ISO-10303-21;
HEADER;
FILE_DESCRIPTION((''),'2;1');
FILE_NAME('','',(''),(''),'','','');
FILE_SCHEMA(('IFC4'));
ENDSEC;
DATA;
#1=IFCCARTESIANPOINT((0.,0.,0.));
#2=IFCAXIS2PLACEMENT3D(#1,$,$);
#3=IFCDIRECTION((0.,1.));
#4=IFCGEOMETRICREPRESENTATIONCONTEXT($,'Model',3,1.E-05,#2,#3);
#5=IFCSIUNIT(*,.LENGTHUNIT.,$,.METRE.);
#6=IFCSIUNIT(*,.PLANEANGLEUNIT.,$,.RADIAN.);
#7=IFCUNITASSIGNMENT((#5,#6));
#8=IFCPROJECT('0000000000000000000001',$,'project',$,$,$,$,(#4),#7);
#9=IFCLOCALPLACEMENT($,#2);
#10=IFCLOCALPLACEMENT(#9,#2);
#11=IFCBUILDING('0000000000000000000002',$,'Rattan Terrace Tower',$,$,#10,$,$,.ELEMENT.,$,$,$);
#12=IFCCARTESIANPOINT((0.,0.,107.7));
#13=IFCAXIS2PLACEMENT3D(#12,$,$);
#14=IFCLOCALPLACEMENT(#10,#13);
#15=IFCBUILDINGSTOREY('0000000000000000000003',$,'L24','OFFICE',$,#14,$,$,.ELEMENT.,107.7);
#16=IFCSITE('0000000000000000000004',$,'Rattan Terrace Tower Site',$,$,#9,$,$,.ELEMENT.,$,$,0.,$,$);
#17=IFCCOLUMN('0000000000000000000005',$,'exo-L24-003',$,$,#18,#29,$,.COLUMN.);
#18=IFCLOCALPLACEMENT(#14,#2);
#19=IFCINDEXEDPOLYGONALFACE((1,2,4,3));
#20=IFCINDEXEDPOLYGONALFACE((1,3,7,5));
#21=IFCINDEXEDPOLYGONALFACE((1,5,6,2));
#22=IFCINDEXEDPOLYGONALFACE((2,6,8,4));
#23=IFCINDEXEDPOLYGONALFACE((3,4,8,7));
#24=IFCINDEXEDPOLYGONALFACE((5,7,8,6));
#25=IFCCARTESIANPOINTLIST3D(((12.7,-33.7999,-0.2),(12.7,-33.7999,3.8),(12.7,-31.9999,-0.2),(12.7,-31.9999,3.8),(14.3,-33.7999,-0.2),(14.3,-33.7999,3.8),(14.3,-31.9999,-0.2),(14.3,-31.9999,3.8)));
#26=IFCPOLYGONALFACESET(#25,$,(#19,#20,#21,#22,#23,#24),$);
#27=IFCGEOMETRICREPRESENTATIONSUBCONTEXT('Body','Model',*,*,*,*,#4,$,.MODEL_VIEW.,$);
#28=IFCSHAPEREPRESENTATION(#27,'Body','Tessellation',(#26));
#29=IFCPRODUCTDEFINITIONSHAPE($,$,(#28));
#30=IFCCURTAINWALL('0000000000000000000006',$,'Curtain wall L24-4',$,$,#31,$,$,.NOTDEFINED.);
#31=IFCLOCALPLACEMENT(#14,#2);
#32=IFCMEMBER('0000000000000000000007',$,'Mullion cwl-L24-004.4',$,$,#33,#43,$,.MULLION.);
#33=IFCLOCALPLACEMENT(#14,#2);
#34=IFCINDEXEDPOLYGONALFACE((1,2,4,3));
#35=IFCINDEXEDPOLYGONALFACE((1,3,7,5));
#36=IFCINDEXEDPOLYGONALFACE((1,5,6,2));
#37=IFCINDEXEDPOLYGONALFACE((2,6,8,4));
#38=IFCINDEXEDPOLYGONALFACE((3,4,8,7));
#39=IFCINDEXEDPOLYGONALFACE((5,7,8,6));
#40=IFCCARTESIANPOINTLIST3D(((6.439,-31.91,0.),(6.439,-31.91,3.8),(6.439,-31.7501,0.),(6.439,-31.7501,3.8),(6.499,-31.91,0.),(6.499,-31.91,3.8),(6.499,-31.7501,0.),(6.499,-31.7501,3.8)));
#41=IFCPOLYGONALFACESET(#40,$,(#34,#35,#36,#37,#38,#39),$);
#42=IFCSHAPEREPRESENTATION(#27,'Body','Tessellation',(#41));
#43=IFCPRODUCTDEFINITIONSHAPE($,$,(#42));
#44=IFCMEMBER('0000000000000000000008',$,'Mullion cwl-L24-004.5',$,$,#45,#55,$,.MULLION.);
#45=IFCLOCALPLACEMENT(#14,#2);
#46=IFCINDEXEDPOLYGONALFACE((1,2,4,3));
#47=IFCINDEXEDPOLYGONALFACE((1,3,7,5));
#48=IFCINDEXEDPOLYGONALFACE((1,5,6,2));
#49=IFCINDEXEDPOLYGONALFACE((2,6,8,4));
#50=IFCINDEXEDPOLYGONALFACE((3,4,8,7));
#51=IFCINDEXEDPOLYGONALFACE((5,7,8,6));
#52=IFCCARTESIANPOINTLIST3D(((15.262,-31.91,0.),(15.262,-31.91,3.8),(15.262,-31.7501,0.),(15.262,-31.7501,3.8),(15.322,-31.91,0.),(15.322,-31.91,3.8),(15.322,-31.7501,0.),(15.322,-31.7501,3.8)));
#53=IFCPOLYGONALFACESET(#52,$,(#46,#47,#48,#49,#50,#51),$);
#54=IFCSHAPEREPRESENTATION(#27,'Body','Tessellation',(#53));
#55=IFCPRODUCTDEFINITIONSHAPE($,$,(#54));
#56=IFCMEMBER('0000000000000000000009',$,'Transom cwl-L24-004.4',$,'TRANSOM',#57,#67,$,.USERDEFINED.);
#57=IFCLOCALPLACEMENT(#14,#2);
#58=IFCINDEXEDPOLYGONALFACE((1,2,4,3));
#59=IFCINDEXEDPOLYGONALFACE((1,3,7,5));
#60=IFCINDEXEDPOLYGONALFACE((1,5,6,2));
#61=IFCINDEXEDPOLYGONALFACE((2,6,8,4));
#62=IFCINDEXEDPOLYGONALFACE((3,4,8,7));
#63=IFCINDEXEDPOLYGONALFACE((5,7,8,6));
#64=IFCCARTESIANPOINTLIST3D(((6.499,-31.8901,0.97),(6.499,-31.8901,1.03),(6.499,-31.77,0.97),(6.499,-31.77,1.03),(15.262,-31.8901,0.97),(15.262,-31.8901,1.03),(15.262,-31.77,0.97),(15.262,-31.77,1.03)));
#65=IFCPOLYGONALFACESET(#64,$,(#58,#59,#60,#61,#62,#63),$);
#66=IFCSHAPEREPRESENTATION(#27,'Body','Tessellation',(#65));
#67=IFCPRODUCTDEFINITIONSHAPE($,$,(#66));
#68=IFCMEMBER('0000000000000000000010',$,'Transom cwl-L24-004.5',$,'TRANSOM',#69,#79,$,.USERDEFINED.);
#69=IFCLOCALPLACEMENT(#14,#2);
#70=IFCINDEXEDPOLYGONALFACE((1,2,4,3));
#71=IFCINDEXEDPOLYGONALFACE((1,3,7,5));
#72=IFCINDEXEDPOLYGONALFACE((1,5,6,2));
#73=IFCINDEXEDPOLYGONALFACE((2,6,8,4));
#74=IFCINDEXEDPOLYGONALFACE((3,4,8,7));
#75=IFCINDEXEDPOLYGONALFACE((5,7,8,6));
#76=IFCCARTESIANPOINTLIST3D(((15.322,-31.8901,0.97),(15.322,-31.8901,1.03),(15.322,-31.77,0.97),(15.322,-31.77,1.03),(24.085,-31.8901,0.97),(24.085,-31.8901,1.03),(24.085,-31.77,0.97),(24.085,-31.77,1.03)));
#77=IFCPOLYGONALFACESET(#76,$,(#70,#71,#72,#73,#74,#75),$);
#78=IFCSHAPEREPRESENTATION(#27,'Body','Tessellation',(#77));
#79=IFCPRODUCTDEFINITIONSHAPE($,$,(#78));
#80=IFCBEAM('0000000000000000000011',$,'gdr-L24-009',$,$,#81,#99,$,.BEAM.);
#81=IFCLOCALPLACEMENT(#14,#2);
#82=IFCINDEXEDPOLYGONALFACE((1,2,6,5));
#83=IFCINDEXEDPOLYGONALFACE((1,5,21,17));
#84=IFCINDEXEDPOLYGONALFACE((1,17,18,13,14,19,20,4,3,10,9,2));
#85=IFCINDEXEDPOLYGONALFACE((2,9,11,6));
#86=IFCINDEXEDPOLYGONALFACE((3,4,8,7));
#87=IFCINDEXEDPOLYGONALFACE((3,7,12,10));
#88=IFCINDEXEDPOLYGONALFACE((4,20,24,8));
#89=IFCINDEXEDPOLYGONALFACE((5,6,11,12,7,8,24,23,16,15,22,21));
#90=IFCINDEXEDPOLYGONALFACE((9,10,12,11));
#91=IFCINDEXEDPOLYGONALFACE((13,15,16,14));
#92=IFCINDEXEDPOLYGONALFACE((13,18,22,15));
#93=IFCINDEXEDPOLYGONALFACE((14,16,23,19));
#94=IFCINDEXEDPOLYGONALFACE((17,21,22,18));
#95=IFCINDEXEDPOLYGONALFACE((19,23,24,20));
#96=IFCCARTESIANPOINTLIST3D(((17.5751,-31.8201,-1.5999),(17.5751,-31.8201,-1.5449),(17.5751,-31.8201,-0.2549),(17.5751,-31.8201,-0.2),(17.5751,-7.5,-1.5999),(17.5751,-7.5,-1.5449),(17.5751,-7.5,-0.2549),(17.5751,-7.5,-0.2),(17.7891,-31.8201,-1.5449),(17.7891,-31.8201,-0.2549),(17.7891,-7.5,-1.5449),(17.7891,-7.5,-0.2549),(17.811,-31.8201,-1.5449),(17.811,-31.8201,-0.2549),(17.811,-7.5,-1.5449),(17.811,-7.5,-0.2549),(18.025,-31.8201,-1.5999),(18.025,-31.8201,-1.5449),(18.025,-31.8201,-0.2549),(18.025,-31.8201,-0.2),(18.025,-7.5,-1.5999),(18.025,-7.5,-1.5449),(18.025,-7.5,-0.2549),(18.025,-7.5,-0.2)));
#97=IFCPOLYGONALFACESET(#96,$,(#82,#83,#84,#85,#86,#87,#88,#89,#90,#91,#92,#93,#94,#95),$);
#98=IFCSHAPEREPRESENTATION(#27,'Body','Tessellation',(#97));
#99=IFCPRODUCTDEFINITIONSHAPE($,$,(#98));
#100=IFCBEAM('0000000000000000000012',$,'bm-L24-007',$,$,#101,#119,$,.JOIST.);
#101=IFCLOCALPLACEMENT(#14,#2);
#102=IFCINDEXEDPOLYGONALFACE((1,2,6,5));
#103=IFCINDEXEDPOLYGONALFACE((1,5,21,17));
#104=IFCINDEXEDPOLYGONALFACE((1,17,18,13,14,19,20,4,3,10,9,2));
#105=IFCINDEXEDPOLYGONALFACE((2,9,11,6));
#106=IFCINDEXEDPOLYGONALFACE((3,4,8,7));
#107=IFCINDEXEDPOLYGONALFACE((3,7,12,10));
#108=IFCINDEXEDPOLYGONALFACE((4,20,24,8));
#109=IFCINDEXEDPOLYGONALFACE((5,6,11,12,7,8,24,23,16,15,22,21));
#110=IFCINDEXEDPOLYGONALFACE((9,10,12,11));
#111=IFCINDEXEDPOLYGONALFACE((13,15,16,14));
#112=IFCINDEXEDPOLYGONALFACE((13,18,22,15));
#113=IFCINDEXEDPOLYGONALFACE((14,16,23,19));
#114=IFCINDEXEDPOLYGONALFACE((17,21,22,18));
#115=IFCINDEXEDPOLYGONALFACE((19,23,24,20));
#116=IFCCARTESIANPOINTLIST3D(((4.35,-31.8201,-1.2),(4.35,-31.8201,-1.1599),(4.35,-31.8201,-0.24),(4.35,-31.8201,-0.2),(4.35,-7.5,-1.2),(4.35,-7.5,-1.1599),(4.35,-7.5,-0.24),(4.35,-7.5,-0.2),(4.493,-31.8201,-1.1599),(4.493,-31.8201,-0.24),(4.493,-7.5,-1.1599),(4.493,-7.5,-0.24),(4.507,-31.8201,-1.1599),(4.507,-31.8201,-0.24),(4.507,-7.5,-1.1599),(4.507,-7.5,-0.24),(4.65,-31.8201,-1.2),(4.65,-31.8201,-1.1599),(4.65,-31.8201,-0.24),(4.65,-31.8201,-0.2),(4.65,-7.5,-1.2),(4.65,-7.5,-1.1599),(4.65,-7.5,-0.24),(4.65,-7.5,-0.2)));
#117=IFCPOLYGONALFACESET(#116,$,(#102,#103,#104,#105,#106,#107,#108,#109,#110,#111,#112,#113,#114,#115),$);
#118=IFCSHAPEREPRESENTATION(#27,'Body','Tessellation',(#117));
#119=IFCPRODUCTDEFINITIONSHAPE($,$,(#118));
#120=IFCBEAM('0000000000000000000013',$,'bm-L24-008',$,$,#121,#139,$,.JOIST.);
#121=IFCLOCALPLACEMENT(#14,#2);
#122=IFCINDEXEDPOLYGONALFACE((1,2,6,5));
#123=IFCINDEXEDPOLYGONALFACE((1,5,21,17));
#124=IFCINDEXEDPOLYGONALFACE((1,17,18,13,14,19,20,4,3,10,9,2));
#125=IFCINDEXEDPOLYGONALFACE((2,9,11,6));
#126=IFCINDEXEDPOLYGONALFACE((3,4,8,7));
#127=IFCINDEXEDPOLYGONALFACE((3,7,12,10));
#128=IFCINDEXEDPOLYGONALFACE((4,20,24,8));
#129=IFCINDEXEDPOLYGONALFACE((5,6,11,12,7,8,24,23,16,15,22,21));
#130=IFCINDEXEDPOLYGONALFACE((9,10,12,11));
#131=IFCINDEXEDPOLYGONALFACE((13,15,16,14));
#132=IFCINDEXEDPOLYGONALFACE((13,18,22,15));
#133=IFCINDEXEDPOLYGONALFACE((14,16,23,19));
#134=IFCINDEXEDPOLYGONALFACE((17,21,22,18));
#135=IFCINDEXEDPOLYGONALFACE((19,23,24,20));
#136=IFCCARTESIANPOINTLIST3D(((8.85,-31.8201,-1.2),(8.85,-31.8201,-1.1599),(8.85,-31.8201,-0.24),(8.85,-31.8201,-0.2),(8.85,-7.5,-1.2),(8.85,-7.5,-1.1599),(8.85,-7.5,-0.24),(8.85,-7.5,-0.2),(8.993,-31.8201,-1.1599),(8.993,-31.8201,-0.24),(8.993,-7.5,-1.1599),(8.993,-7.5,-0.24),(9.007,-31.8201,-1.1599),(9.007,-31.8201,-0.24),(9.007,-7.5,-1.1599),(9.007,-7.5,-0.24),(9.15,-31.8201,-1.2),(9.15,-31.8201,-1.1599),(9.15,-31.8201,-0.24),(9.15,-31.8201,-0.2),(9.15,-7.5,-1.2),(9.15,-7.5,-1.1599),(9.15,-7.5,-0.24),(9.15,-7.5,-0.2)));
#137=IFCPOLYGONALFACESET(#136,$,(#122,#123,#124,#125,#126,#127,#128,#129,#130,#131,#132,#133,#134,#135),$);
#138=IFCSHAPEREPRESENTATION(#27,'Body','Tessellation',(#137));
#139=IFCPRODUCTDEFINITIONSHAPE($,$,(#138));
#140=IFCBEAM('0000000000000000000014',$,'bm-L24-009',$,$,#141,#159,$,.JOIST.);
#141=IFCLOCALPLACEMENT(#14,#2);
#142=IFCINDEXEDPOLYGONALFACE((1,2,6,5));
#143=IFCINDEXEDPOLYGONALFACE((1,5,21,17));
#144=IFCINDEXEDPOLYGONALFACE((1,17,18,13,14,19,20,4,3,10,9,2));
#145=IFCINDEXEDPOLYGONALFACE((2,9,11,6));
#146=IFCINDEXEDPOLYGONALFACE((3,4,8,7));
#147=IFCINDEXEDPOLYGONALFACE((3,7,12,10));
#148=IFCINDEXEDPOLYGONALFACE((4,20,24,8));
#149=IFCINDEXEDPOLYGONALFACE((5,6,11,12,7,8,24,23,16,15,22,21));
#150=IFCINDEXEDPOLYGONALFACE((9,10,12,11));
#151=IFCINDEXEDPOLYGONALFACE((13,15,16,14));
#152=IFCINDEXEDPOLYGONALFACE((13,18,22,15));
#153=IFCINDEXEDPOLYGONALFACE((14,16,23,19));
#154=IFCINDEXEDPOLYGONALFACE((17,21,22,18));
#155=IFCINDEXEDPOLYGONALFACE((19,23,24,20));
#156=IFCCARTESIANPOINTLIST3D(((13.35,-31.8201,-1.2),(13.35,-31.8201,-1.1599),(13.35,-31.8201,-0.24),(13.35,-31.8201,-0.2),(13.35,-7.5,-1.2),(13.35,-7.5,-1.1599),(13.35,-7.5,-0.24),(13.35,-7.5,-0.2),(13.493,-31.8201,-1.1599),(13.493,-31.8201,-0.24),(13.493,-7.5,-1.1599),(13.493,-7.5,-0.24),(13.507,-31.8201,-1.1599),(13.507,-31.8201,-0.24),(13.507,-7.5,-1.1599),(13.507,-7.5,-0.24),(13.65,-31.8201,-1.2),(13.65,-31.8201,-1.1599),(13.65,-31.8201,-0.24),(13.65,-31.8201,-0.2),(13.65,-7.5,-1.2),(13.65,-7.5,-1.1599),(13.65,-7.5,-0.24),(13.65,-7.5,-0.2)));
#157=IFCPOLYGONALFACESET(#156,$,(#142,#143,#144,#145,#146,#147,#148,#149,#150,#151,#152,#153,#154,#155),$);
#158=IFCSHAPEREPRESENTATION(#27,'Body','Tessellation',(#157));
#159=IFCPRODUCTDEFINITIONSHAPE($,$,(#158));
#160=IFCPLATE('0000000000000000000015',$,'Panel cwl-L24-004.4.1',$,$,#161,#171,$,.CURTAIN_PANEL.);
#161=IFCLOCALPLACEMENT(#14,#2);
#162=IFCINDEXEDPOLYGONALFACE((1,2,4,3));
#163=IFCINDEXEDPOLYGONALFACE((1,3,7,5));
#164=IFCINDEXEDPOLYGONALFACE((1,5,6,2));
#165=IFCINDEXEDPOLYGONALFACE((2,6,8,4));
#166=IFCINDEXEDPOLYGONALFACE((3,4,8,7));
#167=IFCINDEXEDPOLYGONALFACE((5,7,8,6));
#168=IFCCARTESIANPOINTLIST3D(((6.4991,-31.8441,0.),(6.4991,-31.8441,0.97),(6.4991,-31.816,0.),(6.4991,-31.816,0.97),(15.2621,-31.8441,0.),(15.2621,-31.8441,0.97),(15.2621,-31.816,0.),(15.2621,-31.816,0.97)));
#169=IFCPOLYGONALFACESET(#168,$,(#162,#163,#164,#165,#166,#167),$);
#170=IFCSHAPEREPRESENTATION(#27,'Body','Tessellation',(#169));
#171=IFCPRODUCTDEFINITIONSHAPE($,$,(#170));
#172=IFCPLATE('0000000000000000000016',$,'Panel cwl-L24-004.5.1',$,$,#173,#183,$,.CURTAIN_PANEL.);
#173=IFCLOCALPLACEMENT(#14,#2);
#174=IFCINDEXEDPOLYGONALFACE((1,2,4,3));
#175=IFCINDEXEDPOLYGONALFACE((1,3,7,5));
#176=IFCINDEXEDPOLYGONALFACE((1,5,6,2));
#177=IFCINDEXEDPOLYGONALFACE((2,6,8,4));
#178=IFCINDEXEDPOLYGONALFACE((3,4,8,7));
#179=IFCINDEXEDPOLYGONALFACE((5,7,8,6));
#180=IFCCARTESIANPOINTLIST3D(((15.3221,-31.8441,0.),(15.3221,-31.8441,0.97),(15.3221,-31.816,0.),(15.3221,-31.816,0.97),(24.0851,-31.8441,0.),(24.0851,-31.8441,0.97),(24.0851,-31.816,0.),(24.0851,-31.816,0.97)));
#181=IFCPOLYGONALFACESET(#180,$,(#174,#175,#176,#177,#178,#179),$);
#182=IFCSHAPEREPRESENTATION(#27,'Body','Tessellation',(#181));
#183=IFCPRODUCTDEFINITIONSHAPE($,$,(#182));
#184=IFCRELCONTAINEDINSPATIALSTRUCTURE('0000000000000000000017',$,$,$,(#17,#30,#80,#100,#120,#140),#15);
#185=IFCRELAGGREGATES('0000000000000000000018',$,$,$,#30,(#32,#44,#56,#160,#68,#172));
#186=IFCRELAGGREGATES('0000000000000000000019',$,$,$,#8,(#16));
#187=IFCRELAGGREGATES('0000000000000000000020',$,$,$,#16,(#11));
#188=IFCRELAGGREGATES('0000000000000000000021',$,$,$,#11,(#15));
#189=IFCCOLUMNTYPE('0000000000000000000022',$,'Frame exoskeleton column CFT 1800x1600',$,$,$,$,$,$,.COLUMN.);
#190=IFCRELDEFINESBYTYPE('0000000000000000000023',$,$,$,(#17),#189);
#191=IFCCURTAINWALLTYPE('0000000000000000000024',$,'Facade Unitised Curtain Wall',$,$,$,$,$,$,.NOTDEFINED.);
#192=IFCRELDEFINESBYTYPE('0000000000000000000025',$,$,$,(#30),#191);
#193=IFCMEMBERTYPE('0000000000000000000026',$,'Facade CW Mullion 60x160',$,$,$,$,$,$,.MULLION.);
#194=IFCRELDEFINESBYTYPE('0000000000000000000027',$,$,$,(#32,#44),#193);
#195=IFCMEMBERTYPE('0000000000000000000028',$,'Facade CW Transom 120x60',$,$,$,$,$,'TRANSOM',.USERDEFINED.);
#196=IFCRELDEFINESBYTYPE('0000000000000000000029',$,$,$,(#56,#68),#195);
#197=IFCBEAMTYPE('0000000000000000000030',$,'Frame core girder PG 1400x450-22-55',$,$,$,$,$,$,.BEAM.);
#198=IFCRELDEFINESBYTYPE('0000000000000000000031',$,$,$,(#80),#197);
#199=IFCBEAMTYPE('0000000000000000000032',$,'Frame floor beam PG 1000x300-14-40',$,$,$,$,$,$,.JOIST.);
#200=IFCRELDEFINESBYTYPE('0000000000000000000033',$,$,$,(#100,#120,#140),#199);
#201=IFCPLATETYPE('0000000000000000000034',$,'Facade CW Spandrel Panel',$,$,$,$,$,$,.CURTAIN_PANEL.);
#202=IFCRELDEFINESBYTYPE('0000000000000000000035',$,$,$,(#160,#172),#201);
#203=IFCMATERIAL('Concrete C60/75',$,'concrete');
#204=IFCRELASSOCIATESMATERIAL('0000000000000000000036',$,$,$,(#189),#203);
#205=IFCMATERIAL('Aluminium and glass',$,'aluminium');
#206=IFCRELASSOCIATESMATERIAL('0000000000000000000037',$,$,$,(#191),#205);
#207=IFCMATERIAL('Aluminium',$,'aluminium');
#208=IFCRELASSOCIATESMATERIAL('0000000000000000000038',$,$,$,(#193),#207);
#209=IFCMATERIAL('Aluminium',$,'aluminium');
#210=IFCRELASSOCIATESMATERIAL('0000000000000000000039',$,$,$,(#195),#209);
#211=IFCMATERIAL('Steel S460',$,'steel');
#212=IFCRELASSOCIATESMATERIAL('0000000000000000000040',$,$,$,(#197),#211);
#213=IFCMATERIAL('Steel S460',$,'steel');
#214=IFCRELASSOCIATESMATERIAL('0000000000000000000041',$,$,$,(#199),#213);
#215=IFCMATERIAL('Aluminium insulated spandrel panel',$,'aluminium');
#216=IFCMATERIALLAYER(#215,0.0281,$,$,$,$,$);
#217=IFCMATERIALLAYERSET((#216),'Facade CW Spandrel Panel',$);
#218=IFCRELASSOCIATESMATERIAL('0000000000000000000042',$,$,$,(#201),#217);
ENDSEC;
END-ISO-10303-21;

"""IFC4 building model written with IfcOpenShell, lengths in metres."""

from ifc_helpers import new_model, si_unit, direction, frame, origin, origin_2d, place, context, subcontext, project, spatial, rectangle, i_section, extrude, material, layer, layer_set, material_profile, profile_set, type_object, element, aggregate, save


model = new_model("IFC4")

# Units and contexts
model_context = context("Model", 3, precision=1e-05, world=origin(), true_north=direction((0.0, 1.0)))
body_context = subcontext(model_context, "Body", "Model", "MODEL_VIEW")
ifc_project = project(units=[si_unit("LENGTHUNIT", "METRE"), si_unit("PLANEANGLEUNIT", "RADIAN")], contexts=[model_context])

# Site, building, storey
site_placement = place(None, origin())
site = spatial("IfcSite", under=ifc_project, at=site_placement, Name="Rattan Terrace Tower Site", CompositionType="ELEMENT", RefElevation=0.0)
building_placement = place(site_placement, origin())
building = spatial("IfcBuilding", under=site, at=building_placement, Name="Rattan Terrace Tower", CompositionType="ELEMENT")
storey_placement = place(building_placement, frame((0.0, 0.0, 107.7)))
storey = spatial("IfcBuildingStorey", under=building, at=storey_placement, Name="L24", Description="OFFICE", CompositionType="ELEMENT", Elevation=107.7)

# Column
ifc_material_1 = material(Name="Concrete C60/75", Category="concrete")
ifc_material_profile_1 = material_profile(ifc_material_1, rectangle(XDim=1.6001, YDim=1.8, at=origin_2d()), Name="CFT 1800x1600")
ifc_profile_set_1 = profile_set([ifc_material_profile_1], Name="Concrete C60/75")
column_type = type_object("IfcColumnType", Name="Frame exoskeleton column CFT 1800x1600", PredefinedType="COLUMN", material=ifc_profile_set_1)
column_placement = place(storey_placement, frame((13.5, -32.8999, -0.2), z_axis=(0.0, 0.0, 1.0), x_axis=(1.0, 0.0, 0.0)))
element("IfcColumn", 1, at=column_placement, inside=storey, type_object=column_type, Name="exo-L24-003", PredefinedType="COLUMN", context=body_context, shape_type="SweptSolid", body=[
    extrude(rectangle(XDim=1.6001, YDim=1.8, at=origin_2d()), origin(), (0.0, 0.0, 1.0), 4.0),
])

# Curtain wall, members
ifc_material_2 = material(Name="Aluminium and glass", Category="aluminium")
curtain_wall_type = type_object("IfcCurtainWallType", Name="Facade Unitised Curtain Wall", PredefinedType="NOTDEFINED", material=ifc_material_2)
curtain_wall_placement = place(storey_placement, origin())
curtain_wall = element("IfcCurtainWall", 2, at=curtain_wall_placement, inside=storey, type_object=curtain_wall_type, Name="Curtain wall L24-4", PredefinedType="NOTDEFINED")
ifc_material_3 = material(Name="Aluminium", Category="aluminium")
ifc_material_profile_2 = material_profile(ifc_material_3, rectangle(XDim=0.0601, YDim=0.1599, at=origin_2d()), Name="Aluminium 60x160")
ifc_profile_set_2 = profile_set([ifc_material_profile_2], Name="Aluminium")
member_type_1 = type_object("IfcMemberType", Name="Facade CW Mullion 60x160", PredefinedType="MULLION", material=ifc_profile_set_2)
member_1_placement = place(storey_placement, frame((6.469, -31.8301, 0.0), z_axis=(0.0, 0.0, 1.0), x_axis=(1.0, 0.0, 0.0)))
member_1 = element("IfcMember", 3, at=member_1_placement, type_object=member_type_1, Name="Mullion cwl-L24-004.4", PredefinedType="MULLION", context=body_context, shape_type="SweptSolid", body=[
    extrude(rectangle(XDim=0.0601, YDim=0.1599, at=origin_2d()), origin(), (0.0, 0.0, 1.0), 3.8),
])
member_2_placement = place(storey_placement, frame((15.292, -31.8301, 0.0), z_axis=(0.0, 0.0, 1.0), x_axis=(1.0, 0.0, 0.0)))
member_2 = element("IfcMember", 4, at=member_2_placement, type_object=member_type_1, Name="Mullion cwl-L24-004.5", PredefinedType="MULLION", context=body_context, shape_type="SweptSolid", body=[
    extrude(rectangle(XDim=0.0601, YDim=0.1599, at=origin_2d()), origin(), (0.0, 0.0, 1.0), 3.8),
])
ifc_material_4 = material(Name="Aluminium", Category="aluminium")
ifc_material_profile_3 = material_profile(ifc_material_4, rectangle(XDim=0.1201, YDim=0.0601, at=origin_2d()), Name="Aluminium 120x60")
ifc_profile_set_3 = profile_set([ifc_material_profile_3], Name="Aluminium")
member_type_2 = type_object("IfcMemberType", Name="Facade CW Transom 120x60", ElementType="TRANSOM", PredefinedType="USERDEFINED", material=ifc_profile_set_3)
member_3_placement = place(storey_placement, frame((6.499, -31.8301, 1.0), z_axis=(1.0, 0.0, 0.0), x_axis=(0.0, 1.0, 0.0)))
member_3 = element("IfcMember", 5, at=member_3_placement, type_object=member_type_2, Name="Transom cwl-L24-004.4", ObjectType="TRANSOM", PredefinedType="USERDEFINED", context=body_context, shape_type="SweptSolid", body=[
    extrude(rectangle(XDim=0.1201, YDim=0.0601, at=origin_2d()), origin(), (0.0, 0.0, 1.0), 8.7629),
])
member_4_placement = place(storey_placement, frame((15.322, -31.8301, 1.0), z_axis=(1.0, 0.0, 0.0), x_axis=(0.0, 1.0, 0.0)))
member_4 = element("IfcMember", 6, at=member_4_placement, type_object=member_type_2, Name="Transom cwl-L24-004.5", ObjectType="TRANSOM", PredefinedType="USERDEFINED", context=body_context, shape_type="SweptSolid", body=[
    extrude(rectangle(XDim=0.1201, YDim=0.0601, at=origin_2d()), origin(), (0.0, 0.0, 1.0), 8.7629),
])

# Beams
ifc_material_5 = material(Name="Steel S460", Category="steel")
ifc_material_profile_4 = material_profile(ifc_material_5, i_section(OverallWidth=0.45, OverallDepth=1.3999, WebThickness=0.022, FlangeThickness=0.0549, at=origin_2d()), Name="PG 1400x450-22-55")
ifc_profile_set_4 = profile_set([ifc_material_profile_4], Name="Steel S460")
beam_type_1 = type_object("IfcBeamType", Name="Frame core girder PG 1400x450-22-55", PredefinedType="BEAM", material=ifc_profile_set_4)
beam_placement = place(storey_placement, frame((17.8, -31.8201, -0.8999), z_axis=(0.0, 1.0, 0.0), x_axis=(-1.0, 0.0, 0.0)))
element("IfcBeam", 7, at=beam_placement, inside=storey, type_object=beam_type_1, Name="gdr-L24-009", PredefinedType="BEAM", context=body_context, shape_type="SweptSolid", body=[
    extrude(i_section(OverallWidth=0.45, OverallDepth=1.3999, WebThickness=0.022, FlangeThickness=0.0549, at=origin_2d()), origin(), (0.0, 0.0, 1.0), 24.3201),
])
ifc_material_6 = material(Name="Steel S460", Category="steel")
ifc_material_profile_5 = material_profile(ifc_material_6, i_section(OverallWidth=0.3, OverallDepth=1.0, WebThickness=0.0139, FlangeThickness=0.04, at=origin_2d()), Name="PG 1000x300-14-40")
ifc_profile_set_5 = profile_set([ifc_material_profile_5], Name="Steel S460")
beam_type_2 = type_object("IfcBeamType", Name="Frame floor beam PG 1000x300-14-40", PredefinedType="JOIST", material=ifc_profile_set_5)
for number, where, z_axis, x_axis, name in (
    (8, (4.5, -31.8201, -0.7), (0.0, 1.0, 0.0), (-1.0, 0.0, 0.0), "bm-L24-007"),
    (9, (9.0, -31.8201, -0.7), (0.0, 1.0, 0.0), (-1.0, 0.0, 0.0), "bm-L24-008"),
    (10, (13.5, -31.8201, -0.7), (0.0, 1.0, 0.0), (-1.0, 0.0, 0.0), "bm-L24-009"),
):
    element("IfcBeam", number, at=place(storey_placement, frame(where, z_axis=z_axis, x_axis=x_axis)), inside=storey, type_object=beam_type_2, Name=name, PredefinedType="JOIST", context=body_context, shape_type="SweptSolid", body=[
        extrude(i_section(OverallWidth=0.3, OverallDepth=1.0, WebThickness=0.0139, FlangeThickness=0.04, at=origin_2d()), origin(), (0.0, 0.0, 1.0), 24.3201),
    ])

# Plates
ifc_material_7 = material(Name="Aluminium insulated spandrel panel", Category="aluminium")
ifc_layer_1 = layer(ifc_material_7, 0.0281)
ifc_layer_set_1 = layer_set([ifc_layer_1], Name="Facade CW Spandrel Panel")
plate_type_1 = type_object("IfcPlateType", Name="Facade CW Spandrel Panel", PredefinedType="CURTAIN_PANEL", material=ifc_layer_set_1)
plate_1_placement = place(storey_placement, frame((10.8806, -31.8301, 0.0), z_axis=(0.0, 0.0, 1.0), x_axis=(1.0, 0.0, 0.0)))
plate_1 = element("IfcPlate", 11, at=plate_1_placement, type_object=plate_type_1, Name="Panel cwl-L24-004.4.1", PredefinedType="CURTAIN_PANEL", context=body_context, shape_type="SweptSolid", body=[
    extrude(rectangle(XDim=8.7629, YDim=0.0281, at=origin_2d()), origin(), (0.0, 0.0, 1.0), 0.97),
])
plate_2_placement = place(storey_placement, frame((19.7036, -31.8301, 0.0), z_axis=(0.0, 0.0, 1.0), x_axis=(1.0, 0.0, 0.0)))
plate_2 = element("IfcPlate", 12, at=plate_2_placement, type_object=plate_type_1, Name="Panel cwl-L24-004.5.1", PredefinedType="CURTAIN_PANEL", context=body_context, shape_type="SweptSolid", body=[
    extrude(rectangle(XDim=8.7629, YDim=0.0281, at=origin_2d()), origin(), (0.0, 0.0, 1.0), 0.97),
])
aggregate(curtain_wall, [member_1, member_2, member_3, plate_1, member_4, plate_2])

save(model, "model.ifc")
